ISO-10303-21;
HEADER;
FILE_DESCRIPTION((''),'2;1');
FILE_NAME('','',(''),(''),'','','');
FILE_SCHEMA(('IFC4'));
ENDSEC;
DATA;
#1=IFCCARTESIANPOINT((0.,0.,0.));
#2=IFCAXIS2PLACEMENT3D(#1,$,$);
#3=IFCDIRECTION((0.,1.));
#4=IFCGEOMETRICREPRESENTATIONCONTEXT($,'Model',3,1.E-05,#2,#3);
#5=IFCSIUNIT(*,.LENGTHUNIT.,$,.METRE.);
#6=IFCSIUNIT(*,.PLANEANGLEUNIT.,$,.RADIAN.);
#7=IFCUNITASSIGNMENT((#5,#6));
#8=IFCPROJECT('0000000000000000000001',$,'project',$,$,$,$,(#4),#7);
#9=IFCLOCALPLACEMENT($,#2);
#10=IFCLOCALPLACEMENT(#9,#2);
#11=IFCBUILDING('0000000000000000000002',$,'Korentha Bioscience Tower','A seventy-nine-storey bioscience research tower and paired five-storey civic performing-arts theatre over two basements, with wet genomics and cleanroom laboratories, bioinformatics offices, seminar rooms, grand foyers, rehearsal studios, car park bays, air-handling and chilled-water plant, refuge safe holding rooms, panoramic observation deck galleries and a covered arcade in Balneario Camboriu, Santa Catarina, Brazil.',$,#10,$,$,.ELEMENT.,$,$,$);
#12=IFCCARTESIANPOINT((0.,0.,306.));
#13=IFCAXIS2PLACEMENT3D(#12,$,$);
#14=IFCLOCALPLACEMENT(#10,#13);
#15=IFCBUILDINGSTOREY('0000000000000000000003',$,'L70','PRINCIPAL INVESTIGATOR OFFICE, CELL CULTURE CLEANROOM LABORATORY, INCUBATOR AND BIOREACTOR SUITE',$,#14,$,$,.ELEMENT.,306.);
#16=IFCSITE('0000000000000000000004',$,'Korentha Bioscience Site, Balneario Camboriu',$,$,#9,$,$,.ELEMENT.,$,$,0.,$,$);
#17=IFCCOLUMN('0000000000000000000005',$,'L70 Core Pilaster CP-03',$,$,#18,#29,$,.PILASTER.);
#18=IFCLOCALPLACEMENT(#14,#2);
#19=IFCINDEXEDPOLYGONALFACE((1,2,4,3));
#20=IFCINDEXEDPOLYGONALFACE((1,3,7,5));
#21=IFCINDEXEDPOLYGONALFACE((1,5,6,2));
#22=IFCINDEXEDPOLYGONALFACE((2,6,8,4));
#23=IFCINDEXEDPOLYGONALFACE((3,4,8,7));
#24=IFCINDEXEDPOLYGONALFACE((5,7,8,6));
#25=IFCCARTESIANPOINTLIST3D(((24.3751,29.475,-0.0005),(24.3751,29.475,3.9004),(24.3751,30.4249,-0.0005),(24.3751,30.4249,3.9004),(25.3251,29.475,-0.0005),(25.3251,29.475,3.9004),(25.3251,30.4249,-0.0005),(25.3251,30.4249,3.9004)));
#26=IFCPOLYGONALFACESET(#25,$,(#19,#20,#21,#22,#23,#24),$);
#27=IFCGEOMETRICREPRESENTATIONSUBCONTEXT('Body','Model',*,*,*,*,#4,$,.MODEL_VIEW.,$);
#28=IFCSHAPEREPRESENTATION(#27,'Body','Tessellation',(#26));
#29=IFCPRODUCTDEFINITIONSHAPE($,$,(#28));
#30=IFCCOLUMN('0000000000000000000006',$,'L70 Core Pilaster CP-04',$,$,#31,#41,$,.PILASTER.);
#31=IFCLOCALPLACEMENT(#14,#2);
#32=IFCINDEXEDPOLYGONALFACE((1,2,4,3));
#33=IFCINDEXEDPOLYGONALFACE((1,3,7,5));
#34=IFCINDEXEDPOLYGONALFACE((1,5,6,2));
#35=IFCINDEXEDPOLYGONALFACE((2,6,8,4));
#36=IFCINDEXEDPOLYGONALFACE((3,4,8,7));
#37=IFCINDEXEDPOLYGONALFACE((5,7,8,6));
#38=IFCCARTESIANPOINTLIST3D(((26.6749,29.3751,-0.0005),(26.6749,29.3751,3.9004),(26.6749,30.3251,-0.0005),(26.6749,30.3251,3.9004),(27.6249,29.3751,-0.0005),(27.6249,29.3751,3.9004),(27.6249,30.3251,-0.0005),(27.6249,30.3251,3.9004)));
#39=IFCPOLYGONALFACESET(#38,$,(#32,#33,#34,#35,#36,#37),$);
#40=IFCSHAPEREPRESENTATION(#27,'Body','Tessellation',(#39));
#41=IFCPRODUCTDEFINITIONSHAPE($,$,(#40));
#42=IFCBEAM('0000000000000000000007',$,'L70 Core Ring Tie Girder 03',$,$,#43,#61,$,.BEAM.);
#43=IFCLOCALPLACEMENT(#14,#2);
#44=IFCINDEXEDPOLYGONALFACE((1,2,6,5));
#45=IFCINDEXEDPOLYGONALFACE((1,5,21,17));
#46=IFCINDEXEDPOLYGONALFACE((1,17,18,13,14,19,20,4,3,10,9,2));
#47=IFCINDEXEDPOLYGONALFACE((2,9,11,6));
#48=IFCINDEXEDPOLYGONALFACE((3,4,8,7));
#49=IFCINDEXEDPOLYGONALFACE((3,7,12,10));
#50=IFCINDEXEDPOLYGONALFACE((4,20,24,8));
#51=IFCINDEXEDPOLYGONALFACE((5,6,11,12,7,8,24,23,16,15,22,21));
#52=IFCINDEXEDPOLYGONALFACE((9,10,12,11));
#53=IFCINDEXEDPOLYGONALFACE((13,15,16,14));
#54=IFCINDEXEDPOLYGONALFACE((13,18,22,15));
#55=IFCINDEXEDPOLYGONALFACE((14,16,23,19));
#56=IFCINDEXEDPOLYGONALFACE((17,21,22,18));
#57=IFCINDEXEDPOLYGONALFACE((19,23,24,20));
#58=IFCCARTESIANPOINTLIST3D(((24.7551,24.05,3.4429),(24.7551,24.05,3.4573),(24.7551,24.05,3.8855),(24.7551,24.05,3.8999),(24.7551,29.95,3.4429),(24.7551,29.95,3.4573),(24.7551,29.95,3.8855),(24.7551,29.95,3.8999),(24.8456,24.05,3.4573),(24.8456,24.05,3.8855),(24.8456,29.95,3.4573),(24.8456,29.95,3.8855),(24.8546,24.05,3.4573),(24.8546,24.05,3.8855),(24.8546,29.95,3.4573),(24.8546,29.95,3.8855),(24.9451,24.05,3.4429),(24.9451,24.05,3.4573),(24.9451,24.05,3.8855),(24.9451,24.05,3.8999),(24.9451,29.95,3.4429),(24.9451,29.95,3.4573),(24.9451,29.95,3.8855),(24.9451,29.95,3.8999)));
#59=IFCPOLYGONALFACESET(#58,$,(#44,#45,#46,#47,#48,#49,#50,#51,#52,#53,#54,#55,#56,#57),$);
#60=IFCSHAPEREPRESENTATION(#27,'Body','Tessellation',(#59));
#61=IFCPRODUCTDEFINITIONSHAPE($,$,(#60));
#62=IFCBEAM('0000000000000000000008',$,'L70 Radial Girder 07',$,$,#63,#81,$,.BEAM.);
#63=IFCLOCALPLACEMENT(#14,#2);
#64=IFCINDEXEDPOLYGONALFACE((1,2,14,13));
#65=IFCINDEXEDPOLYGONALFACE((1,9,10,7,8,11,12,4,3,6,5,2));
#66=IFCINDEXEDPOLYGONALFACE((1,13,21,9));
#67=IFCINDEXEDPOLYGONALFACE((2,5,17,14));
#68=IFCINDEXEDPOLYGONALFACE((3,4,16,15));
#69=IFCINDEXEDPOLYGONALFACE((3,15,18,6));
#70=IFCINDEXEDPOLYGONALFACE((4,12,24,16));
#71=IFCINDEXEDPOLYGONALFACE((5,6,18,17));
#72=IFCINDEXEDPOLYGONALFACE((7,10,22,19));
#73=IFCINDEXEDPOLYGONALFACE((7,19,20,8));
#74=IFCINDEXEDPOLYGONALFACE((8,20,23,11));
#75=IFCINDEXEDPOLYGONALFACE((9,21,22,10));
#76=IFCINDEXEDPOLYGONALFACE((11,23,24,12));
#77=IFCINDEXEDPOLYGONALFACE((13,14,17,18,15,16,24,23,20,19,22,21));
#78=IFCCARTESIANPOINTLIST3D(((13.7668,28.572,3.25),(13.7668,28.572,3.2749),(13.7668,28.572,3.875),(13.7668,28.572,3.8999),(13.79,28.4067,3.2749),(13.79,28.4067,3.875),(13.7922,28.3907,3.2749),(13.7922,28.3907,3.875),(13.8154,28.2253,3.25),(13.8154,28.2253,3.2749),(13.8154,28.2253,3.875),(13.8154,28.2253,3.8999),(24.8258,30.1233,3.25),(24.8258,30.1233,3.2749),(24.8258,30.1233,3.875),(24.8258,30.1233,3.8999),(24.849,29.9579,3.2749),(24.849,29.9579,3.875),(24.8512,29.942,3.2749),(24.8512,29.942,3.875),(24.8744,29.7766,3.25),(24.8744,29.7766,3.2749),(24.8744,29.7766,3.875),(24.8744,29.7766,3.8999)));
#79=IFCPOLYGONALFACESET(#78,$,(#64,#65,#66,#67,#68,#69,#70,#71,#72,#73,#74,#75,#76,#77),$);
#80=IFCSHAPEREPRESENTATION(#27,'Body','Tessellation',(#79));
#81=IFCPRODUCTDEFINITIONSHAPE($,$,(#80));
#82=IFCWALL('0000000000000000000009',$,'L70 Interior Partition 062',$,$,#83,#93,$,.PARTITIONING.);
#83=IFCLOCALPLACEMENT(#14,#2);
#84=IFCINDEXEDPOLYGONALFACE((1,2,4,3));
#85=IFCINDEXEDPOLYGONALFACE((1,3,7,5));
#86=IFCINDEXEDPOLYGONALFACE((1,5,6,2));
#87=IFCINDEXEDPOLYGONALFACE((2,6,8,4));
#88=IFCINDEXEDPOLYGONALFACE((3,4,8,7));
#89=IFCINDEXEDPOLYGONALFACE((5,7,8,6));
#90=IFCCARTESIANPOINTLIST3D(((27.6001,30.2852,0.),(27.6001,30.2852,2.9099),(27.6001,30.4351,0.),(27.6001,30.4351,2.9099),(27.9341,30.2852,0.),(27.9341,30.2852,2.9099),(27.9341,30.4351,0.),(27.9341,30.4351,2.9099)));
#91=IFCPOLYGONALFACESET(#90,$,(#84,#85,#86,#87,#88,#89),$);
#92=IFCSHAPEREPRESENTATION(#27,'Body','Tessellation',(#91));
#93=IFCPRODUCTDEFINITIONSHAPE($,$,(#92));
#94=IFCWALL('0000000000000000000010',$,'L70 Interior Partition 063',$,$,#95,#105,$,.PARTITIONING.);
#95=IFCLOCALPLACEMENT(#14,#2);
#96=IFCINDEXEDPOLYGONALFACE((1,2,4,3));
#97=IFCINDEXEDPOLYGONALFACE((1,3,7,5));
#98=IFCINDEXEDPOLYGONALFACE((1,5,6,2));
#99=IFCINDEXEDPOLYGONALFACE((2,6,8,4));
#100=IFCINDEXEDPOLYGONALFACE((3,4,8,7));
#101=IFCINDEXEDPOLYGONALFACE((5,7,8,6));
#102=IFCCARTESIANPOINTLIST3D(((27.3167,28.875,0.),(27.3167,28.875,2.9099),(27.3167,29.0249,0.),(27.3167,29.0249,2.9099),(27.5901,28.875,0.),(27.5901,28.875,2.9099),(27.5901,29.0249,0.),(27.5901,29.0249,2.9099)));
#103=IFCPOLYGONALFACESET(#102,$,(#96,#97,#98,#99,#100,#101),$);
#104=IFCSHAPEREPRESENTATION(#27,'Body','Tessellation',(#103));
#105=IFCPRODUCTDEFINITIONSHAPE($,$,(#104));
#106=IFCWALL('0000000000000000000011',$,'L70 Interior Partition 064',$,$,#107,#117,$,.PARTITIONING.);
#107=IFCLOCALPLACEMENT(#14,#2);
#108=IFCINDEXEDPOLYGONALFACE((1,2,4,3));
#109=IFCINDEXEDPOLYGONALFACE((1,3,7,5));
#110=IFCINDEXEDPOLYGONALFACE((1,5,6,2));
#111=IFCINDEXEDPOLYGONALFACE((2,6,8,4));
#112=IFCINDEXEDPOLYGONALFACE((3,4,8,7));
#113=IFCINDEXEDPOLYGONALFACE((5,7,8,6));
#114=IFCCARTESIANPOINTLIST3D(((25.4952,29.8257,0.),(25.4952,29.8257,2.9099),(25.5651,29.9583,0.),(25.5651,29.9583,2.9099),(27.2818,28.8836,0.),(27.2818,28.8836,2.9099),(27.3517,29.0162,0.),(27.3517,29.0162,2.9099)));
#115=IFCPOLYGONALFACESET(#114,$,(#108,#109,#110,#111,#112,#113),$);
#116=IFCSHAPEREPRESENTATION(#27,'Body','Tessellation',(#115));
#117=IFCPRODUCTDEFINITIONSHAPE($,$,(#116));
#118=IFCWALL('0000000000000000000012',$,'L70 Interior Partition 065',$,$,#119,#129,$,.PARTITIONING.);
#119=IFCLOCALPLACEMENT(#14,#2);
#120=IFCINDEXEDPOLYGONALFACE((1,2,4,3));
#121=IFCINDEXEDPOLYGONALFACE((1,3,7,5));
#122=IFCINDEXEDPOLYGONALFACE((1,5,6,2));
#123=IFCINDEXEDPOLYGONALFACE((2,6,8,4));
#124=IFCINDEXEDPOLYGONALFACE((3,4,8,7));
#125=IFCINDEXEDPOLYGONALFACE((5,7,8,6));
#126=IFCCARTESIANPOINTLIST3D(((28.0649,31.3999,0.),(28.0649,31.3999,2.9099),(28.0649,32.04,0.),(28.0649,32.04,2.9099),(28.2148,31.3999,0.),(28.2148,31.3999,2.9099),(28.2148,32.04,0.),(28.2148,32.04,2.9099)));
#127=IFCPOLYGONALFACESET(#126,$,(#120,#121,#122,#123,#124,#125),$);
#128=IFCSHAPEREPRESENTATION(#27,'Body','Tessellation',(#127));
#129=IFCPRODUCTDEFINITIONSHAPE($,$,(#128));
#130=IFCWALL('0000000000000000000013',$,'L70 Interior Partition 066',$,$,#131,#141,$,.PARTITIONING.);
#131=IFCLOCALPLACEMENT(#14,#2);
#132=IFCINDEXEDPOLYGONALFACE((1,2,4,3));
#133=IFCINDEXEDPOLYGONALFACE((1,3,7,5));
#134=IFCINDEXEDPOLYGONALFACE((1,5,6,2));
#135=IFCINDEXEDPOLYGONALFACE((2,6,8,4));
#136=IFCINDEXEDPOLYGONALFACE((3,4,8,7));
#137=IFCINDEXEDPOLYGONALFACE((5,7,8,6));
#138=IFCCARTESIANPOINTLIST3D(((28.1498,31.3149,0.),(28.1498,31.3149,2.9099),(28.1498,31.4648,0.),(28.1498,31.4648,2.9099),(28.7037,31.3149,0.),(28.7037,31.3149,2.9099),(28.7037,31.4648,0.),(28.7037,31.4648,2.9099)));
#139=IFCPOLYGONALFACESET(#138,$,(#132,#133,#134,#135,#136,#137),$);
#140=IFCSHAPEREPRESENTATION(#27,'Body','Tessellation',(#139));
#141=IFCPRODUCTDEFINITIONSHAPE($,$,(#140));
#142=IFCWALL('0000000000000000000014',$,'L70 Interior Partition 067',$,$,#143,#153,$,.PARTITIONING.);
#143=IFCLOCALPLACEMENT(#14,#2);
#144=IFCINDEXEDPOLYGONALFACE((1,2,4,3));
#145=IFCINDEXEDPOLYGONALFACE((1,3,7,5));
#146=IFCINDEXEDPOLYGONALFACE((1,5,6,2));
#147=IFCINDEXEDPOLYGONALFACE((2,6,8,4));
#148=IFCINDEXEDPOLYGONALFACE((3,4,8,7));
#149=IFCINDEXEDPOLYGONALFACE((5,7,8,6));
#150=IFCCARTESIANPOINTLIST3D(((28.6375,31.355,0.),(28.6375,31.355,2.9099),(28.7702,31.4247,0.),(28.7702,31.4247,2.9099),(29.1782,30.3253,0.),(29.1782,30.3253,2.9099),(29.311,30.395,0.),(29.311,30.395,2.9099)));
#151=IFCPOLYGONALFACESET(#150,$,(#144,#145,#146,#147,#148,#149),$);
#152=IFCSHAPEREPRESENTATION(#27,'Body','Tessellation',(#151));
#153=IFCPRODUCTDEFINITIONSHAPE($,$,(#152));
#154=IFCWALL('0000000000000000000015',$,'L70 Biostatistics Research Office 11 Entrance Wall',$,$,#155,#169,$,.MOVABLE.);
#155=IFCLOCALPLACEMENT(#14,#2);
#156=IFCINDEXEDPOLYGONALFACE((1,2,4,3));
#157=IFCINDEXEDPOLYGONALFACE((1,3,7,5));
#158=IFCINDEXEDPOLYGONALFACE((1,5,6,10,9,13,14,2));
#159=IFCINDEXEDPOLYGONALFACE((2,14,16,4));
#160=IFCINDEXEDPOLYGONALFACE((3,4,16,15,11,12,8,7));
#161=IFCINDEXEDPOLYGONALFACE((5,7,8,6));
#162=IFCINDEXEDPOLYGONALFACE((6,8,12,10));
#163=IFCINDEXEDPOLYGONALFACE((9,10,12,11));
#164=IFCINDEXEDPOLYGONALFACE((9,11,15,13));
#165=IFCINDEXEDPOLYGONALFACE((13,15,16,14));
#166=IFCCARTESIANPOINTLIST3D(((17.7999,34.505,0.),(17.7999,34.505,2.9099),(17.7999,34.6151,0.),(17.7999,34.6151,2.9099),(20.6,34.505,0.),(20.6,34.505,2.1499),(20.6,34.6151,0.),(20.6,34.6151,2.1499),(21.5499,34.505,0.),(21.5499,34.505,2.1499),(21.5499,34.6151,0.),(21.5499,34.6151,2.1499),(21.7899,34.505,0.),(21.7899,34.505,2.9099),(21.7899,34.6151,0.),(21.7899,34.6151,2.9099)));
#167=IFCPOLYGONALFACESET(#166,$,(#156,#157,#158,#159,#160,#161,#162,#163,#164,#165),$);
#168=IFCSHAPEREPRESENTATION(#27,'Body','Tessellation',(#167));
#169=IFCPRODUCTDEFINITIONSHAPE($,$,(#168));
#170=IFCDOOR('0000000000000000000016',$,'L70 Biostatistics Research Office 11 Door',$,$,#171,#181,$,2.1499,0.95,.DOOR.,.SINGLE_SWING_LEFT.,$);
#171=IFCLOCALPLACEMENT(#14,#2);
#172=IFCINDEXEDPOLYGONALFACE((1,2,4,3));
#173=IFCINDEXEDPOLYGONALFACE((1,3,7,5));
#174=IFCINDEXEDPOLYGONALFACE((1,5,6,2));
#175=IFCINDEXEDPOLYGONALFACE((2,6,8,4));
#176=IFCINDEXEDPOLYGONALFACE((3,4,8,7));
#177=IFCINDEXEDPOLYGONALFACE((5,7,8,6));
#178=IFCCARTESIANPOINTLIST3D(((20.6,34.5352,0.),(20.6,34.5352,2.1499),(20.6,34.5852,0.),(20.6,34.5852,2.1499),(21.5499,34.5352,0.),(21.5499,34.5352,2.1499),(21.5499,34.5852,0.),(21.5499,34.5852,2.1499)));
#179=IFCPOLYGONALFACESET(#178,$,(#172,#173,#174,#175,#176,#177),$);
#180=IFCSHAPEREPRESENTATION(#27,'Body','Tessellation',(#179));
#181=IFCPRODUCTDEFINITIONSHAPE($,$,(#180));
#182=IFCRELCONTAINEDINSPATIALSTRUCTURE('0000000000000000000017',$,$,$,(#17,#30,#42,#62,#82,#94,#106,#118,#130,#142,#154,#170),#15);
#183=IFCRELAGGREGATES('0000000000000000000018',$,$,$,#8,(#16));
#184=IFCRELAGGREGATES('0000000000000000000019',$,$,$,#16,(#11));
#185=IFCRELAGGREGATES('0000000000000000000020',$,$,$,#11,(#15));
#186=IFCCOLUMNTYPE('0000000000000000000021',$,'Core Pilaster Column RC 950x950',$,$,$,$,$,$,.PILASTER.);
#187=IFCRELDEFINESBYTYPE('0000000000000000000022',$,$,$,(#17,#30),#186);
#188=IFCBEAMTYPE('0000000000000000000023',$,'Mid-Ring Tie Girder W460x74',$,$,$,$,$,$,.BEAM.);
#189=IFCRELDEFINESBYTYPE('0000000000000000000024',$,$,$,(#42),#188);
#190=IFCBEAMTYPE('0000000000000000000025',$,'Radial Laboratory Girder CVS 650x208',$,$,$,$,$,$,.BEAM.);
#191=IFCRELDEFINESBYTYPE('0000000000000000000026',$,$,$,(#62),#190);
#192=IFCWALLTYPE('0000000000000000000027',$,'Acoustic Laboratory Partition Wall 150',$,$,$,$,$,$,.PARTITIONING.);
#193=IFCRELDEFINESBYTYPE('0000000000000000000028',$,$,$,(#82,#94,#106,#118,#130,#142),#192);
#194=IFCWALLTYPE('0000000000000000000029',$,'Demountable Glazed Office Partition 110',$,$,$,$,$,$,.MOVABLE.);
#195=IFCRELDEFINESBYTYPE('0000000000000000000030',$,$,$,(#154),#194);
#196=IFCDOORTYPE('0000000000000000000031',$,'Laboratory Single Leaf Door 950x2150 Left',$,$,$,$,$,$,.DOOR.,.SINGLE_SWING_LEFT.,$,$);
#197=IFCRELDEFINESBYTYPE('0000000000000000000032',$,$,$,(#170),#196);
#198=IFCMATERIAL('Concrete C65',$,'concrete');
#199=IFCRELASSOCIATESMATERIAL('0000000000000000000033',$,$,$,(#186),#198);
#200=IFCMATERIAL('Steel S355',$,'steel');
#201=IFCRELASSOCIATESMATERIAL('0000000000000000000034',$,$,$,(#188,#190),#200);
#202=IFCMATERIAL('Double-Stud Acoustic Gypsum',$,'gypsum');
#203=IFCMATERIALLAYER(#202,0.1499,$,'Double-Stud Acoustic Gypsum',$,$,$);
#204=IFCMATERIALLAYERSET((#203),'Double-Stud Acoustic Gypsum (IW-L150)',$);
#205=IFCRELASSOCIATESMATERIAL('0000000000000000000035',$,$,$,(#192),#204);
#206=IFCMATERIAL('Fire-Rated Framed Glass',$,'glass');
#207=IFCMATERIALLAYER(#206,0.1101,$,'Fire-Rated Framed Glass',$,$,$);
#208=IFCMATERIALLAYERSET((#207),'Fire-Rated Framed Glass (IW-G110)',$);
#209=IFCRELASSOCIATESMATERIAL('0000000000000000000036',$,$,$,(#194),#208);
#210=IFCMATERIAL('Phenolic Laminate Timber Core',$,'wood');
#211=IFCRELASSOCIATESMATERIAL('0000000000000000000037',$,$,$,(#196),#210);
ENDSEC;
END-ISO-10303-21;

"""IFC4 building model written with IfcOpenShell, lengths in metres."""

from ifc_helpers import new_model, si_unit, direction, frame, frame_2d, origin, origin_2d, place, context, subcontext, project, spatial, rectangle, i_section, extrude, material, layer, layer_set, material_profile, profile_set, type_object, element, fill, save


model = new_model("IFC4")

# Units and contexts
model_context = context("Model", 3, precision=1e-05, world=origin(), true_north=direction((0.0, 1.0)))
body_context = subcontext(model_context, "Body", "Model", "MODEL_VIEW")
ifc_project = project(units=[si_unit("LENGTHUNIT", "METRE"), si_unit("PLANEANGLEUNIT", "RADIAN")], contexts=[model_context])

# Site, building, storey
site_placement = place(None, origin())
site = spatial("IfcSite", under=ifc_project, at=site_placement, Name="Korentha Bioscience Site, Balneario Camboriu", CompositionType="ELEMENT", RefElevation=0.0)
building_placement = place(site_placement, origin())
building = spatial("IfcBuilding", under=site, at=building_placement, Name="Korentha Bioscience Tower", Description="A seventy-nine-storey bioscience research tower and paired five-storey civic performing-arts theatre over two basements, with wet genomics and cleanroom laboratories, bioinformatics offices, seminar rooms, grand foyers, rehearsal studios, car park bays, air-handling and chilled-water plant, refuge safe holding rooms, panoramic observation deck galleries and a covered arcade in Balneario Camboriu, Santa Catarina, Brazil.", CompositionType="ELEMENT")
storey_placement = place(building_placement, frame((0.0, 0.0, 306.0)))
storey = spatial("IfcBuildingStorey", under=building, at=storey_placement, Name="L70", Description="PRINCIPAL INVESTIGATOR OFFICE, CELL CULTURE CLEANROOM LABORATORY, INCUBATOR AND BIOREACTOR SUITE", CompositionType="ELEMENT", Elevation=306.0)

# Columns
ifc_material_1 = material(Name="Concrete C65", Category="concrete")
ifc_material_profile_1 = material_profile(ifc_material_1, rectangle(XDim=0.95, YDim=0.95, at=origin_2d()), Name="Concrete C65")
ifc_profile_set_1 = profile_set([ifc_material_profile_1], Name="Concrete C65 (COL-CP09)")
column_type = type_object("IfcColumnType", Name="Core Pilaster Column RC 950x950", PredefinedType="PILASTER", material=ifc_profile_set_1)
for number, where, z_axis, x_axis, name in (
    (1, (24.8501, 29.95, -0.0005), (0.0, 0.0, 1.0), (1.0, 0.0, 0.0), "L70 Core Pilaster CP-03"),
    (2, (27.1499, 29.8501, -0.0005), (0.0, 0.0, 1.0), (1.0, 0.0, 0.0), "L70 Core Pilaster CP-04"),
):
    element("IfcColumn", number, at=place(storey_placement, frame(where, z_axis=z_axis, x_axis=x_axis)), inside=storey, type_object=column_type, Name=name, PredefinedType="PILASTER", context=body_context, shape_type="SweptSolid", body=[
        extrude(rectangle(XDim=0.95, YDim=0.95, at=origin_2d()), origin(), (0.0, 0.0, 1.0), 3.9009),
    ])

# Beams
ifc_material_2 = material(Name="Steel S355", Category="steel")
ifc_material_profile_2 = material_profile(ifc_material_2, i_section(OverallWidth=0.1899, OverallDepth=0.457, WebThickness=0.009, FlangeThickness=0.0144, at=origin_2d()), Name="Steel S355")
ifc_profile_set_2 = profile_set([ifc_material_profile_2], Name="Steel S355 (MB-460)")
beam_type_1 = type_object("IfcBeamType", Name="Mid-Ring Tie Girder W460x74", PredefinedType="BEAM", material=ifc_profile_set_2)
beam_1_placement = place(storey_placement, frame((24.8501, 29.95, 3.6714), z_axis=(0.0, -1.0, 0.0), x_axis=(1.0, 0.0, 0.0)))
element("IfcBeam", 3, at=beam_1_placement, inside=storey, type_object=beam_type_1, Name="L70 Core Ring Tie Girder 03", PredefinedType="BEAM", context=body_context, shape_type="SweptSolid", body=[
    extrude(i_section(OverallWidth=0.1899, OverallDepth=0.457, WebThickness=0.009, FlangeThickness=0.0144, at=origin_2d()), origin(), (0.0, 0.0, 1.0), 5.8999),
])
ifc_material_profile_3 = material_profile(ifc_material_2, i_section(OverallWidth=0.3501, OverallDepth=0.6499, WebThickness=0.0161, FlangeThickness=0.0249, at=origin_2d()), Name="Steel S355")
ifc_profile_set_3 = profile_set([ifc_material_profile_3], Name="Steel S355 (RB-650)")
beam_type_2 = type_object("IfcBeamType", Name="Radial Laboratory Girder CVS 650x208", PredefinedType="BEAM", material=ifc_profile_set_3)
beam_2_placement = place(storey_placement, frame((24.8501, 29.95, 3.575), z_axis=(-0.990305, -0.138911, 0.0), x_axis=(0.138911, -0.990305, 0.0)))
element("IfcBeam", 4, at=beam_2_placement, inside=storey, type_object=beam_type_2, Name="L70 Radial Girder 07", PredefinedType="BEAM", context=body_context, shape_type="SweptSolid", body=[
    extrude(i_section(OverallWidth=0.3501, OverallDepth=0.6499, WebThickness=0.0161, FlangeThickness=0.0249, at=origin_2d()), origin(), (0.0, 0.0, 1.0), 11.1672),
])

# Shared definitions
ifc_material_3 = material(Name="Double-Stud Acoustic Gypsum", Category="gypsum")
ifc_layer_1 = layer(ifc_material_3, 0.1499, Name="Double-Stud Acoustic Gypsum")
ifc_layer_set_1 = layer_set([ifc_layer_1], Name="Double-Stud Acoustic Gypsum (IW-L150)")
wall_type_1 = type_object("IfcWallType", Name="Acoustic Laboratory Partition Wall 150", PredefinedType="PARTITIONING", material=ifc_layer_set_1)
ifc_material_4 = material(Name="Phenolic Laminate Timber Core", Category="wood")

# Walls
wall_1_placement = place(storey_placement, frame((27.9341, 30.3601, 0.0), z_axis=(0.0, 0.0, 1.0), x_axis=(-1.0, 0.0, 0.0)))
element("IfcWall", 5, at=wall_1_placement, inside=storey, type_object=wall_type_1, Name="L70 Interior Partition 062", PredefinedType="PARTITIONING", context=body_context, shape_type="SweptSolid", body=[
    extrude(rectangle(XDim=0.334, YDim=0.1499, at=frame_2d((0.167, 0.0))), origin(), (0.0, 0.0, 1.0), 2.9099),
])
wall_2_placement = place(storey_placement, frame((27.5901, 28.95, 0.0), z_axis=(0.0, 0.0, 1.0), x_axis=(-1.0, 0.0, 0.0)))
element("IfcWall", 6, at=wall_2_placement, inside=storey, type_object=wall_type_1, Name="L70 Interior Partition 063", PredefinedType="PARTITIONING", context=body_context, shape_type="SweptSolid", body=[
    extrude(rectangle(XDim=0.2734, YDim=0.1499, at=frame_2d((0.1367, 0.0))), origin(), (0.0, 0.0, 1.0), 2.9099),
])
wall_3_placement = place(storey_placement, frame((27.3167, 28.95, 0.0), z_axis=(0.0, 0.0, 1.0), x_axis=(-0.884548, 0.466449, 0.0)))
element("IfcWall", 7, at=wall_3_placement, inside=storey, type_object=wall_type_1, Name="L70 Interior Partition 064", PredefinedType="PARTITIONING", context=body_context, shape_type="SweptSolid", body=[
    extrude(rectangle(XDim=2.0198, YDim=0.1499, at=frame_2d((1.0098, 0.0))), origin(), (0.0, 0.0, 1.0), 2.9099),
])
wall_4_placement = place(storey_placement, frame((28.1399, 32.04, 0.0), z_axis=(0.0, 0.0, 1.0), x_axis=(0.0, -1.0, 0.0)))
element("IfcWall", 8, at=wall_4_placement, inside=storey, type_object=wall_type_1, Name="L70 Interior Partition 065", PredefinedType="PARTITIONING", context=body_context, shape_type="SweptSolid", body=[
    extrude(rectangle(XDim=0.6401, YDim=0.1499, at=frame_2d((0.3201, 0.0))), origin(), (0.0, 0.0, 1.0), 2.9099),
])
wall_5_placement = place(storey_placement, frame((28.1499, 31.3899, 0.0), z_axis=(0.0, 0.0, 1.0), x_axis=(1.0, 0.0, 0.0)))
element("IfcWall", 9, at=wall_5_placement, inside=storey, type_object=wall_type_1, Name="L70 Interior Partition 066", PredefinedType="PARTITIONING", context=body_context, shape_type="SweptSolid", body=[
    extrude(rectangle(XDim=0.554, YDim=0.1499, at=frame_2d((0.2769, 0.0))), origin(), (0.0, 0.0, 1.0), 2.9099),
])
wall_6_placement = place(storey_placement, frame((28.7039, 31.3899, 0.0), z_axis=(0.0, 0.0, 1.0), x_axis=(0.464924, -0.88535, 0.0)))
element("IfcWall", 10, at=wall_6_placement, inside=storey, type_object=wall_type_1, Name="L70 Interior Partition 067", PredefinedType="PARTITIONING", context=body_context, shape_type="SweptSolid", body=[
    extrude(rectangle(XDim=1.1631, YDim=0.1499, at=frame_2d((0.5815, 0.0))), origin(), (0.0, 0.0, 1.0), 2.9099),
])

# Wall, opening, door
ifc_material_5 = material(Name="Fire-Rated Framed Glass", Category="glass")
ifc_layer_2 = layer(ifc_material_5, 0.1101, Name="Fire-Rated Framed Glass")
ifc_layer_set_2 = layer_set([ifc_layer_2], Name="Fire-Rated Framed Glass (IW-G110)")
wall_type_2 = type_object("IfcWallType", Name="Demountable Glazed Office Partition 110", PredefinedType="MOVABLE", material=ifc_layer_set_2)
wall_7_placement = place(storey_placement, frame((21.79, 34.5601, 0.0), z_axis=(0.0, 0.0, 1.0), x_axis=(-1.0, 0.0, 0.0)))
wall_7 = element("IfcWall", 11, at=wall_7_placement, inside=storey, type_object=wall_type_2, Name="L70 Biostatistics Research Office 11 Entrance Wall", PredefinedType="MOVABLE", context=body_context, shape_type="SweptSolid", body=[
    extrude(rectangle(XDim=3.99, YDim=0.1101, at=frame_2d((1.9951, 0.0))), origin(), (0.0, 0.0, 1.0), 2.9099),
])
opening_1_placement = place(wall_7_placement, frame((0.24, 0.0, 0.0)))
opening_1 = element("IfcOpeningElement", 12, at=opening_1_placement, cuts=wall_7, PredefinedType="OPENING", context=body_context, shape_type="SweptSolid", body=[
    extrude(rectangle(XDim=0.95, YDim=2.1499, at=frame_2d((0.4751, 1.075))), frame((0.0, 0.0698, 0.0), z_axis=(0.0, -1.0, 0.0), x_axis=(1.0, 0.0, 0.0)), (0.0, 0.0, 1.0), 0.1399),
])
door_type_1 = type_object("IfcDoorType", Name="Laboratory Single Leaf Door 950x2150 Left", OperationType="SINGLE_SWING_LEFT", PredefinedType="DOOR", material=ifc_material_4)
door_1_placement = place(opening_1_placement, origin())
door_1 = element("IfcDoor", 13, at=door_1_placement, inside=storey, type_object=door_type_1, Name="L70 Biostatistics Research Office 11 Door", OperationType="SINGLE_SWING_LEFT", OverallHeight=2.1499, OverallWidth=0.95, PredefinedType="DOOR", context=body_context, shape_type="SweptSolid", body=[
    extrude(rectangle(XDim=0.95, YDim=2.1499, at=frame_2d((0.4751, 1.075))), frame((0.0, 0.0249, 0.0), z_axis=(0.0, -1.0, 0.0), x_axis=(1.0, 0.0, 0.0)), (0.0, 0.0, 1.0), 0.05),
])
fill(opening_1, door_1)

save(model, "model.ifc")
